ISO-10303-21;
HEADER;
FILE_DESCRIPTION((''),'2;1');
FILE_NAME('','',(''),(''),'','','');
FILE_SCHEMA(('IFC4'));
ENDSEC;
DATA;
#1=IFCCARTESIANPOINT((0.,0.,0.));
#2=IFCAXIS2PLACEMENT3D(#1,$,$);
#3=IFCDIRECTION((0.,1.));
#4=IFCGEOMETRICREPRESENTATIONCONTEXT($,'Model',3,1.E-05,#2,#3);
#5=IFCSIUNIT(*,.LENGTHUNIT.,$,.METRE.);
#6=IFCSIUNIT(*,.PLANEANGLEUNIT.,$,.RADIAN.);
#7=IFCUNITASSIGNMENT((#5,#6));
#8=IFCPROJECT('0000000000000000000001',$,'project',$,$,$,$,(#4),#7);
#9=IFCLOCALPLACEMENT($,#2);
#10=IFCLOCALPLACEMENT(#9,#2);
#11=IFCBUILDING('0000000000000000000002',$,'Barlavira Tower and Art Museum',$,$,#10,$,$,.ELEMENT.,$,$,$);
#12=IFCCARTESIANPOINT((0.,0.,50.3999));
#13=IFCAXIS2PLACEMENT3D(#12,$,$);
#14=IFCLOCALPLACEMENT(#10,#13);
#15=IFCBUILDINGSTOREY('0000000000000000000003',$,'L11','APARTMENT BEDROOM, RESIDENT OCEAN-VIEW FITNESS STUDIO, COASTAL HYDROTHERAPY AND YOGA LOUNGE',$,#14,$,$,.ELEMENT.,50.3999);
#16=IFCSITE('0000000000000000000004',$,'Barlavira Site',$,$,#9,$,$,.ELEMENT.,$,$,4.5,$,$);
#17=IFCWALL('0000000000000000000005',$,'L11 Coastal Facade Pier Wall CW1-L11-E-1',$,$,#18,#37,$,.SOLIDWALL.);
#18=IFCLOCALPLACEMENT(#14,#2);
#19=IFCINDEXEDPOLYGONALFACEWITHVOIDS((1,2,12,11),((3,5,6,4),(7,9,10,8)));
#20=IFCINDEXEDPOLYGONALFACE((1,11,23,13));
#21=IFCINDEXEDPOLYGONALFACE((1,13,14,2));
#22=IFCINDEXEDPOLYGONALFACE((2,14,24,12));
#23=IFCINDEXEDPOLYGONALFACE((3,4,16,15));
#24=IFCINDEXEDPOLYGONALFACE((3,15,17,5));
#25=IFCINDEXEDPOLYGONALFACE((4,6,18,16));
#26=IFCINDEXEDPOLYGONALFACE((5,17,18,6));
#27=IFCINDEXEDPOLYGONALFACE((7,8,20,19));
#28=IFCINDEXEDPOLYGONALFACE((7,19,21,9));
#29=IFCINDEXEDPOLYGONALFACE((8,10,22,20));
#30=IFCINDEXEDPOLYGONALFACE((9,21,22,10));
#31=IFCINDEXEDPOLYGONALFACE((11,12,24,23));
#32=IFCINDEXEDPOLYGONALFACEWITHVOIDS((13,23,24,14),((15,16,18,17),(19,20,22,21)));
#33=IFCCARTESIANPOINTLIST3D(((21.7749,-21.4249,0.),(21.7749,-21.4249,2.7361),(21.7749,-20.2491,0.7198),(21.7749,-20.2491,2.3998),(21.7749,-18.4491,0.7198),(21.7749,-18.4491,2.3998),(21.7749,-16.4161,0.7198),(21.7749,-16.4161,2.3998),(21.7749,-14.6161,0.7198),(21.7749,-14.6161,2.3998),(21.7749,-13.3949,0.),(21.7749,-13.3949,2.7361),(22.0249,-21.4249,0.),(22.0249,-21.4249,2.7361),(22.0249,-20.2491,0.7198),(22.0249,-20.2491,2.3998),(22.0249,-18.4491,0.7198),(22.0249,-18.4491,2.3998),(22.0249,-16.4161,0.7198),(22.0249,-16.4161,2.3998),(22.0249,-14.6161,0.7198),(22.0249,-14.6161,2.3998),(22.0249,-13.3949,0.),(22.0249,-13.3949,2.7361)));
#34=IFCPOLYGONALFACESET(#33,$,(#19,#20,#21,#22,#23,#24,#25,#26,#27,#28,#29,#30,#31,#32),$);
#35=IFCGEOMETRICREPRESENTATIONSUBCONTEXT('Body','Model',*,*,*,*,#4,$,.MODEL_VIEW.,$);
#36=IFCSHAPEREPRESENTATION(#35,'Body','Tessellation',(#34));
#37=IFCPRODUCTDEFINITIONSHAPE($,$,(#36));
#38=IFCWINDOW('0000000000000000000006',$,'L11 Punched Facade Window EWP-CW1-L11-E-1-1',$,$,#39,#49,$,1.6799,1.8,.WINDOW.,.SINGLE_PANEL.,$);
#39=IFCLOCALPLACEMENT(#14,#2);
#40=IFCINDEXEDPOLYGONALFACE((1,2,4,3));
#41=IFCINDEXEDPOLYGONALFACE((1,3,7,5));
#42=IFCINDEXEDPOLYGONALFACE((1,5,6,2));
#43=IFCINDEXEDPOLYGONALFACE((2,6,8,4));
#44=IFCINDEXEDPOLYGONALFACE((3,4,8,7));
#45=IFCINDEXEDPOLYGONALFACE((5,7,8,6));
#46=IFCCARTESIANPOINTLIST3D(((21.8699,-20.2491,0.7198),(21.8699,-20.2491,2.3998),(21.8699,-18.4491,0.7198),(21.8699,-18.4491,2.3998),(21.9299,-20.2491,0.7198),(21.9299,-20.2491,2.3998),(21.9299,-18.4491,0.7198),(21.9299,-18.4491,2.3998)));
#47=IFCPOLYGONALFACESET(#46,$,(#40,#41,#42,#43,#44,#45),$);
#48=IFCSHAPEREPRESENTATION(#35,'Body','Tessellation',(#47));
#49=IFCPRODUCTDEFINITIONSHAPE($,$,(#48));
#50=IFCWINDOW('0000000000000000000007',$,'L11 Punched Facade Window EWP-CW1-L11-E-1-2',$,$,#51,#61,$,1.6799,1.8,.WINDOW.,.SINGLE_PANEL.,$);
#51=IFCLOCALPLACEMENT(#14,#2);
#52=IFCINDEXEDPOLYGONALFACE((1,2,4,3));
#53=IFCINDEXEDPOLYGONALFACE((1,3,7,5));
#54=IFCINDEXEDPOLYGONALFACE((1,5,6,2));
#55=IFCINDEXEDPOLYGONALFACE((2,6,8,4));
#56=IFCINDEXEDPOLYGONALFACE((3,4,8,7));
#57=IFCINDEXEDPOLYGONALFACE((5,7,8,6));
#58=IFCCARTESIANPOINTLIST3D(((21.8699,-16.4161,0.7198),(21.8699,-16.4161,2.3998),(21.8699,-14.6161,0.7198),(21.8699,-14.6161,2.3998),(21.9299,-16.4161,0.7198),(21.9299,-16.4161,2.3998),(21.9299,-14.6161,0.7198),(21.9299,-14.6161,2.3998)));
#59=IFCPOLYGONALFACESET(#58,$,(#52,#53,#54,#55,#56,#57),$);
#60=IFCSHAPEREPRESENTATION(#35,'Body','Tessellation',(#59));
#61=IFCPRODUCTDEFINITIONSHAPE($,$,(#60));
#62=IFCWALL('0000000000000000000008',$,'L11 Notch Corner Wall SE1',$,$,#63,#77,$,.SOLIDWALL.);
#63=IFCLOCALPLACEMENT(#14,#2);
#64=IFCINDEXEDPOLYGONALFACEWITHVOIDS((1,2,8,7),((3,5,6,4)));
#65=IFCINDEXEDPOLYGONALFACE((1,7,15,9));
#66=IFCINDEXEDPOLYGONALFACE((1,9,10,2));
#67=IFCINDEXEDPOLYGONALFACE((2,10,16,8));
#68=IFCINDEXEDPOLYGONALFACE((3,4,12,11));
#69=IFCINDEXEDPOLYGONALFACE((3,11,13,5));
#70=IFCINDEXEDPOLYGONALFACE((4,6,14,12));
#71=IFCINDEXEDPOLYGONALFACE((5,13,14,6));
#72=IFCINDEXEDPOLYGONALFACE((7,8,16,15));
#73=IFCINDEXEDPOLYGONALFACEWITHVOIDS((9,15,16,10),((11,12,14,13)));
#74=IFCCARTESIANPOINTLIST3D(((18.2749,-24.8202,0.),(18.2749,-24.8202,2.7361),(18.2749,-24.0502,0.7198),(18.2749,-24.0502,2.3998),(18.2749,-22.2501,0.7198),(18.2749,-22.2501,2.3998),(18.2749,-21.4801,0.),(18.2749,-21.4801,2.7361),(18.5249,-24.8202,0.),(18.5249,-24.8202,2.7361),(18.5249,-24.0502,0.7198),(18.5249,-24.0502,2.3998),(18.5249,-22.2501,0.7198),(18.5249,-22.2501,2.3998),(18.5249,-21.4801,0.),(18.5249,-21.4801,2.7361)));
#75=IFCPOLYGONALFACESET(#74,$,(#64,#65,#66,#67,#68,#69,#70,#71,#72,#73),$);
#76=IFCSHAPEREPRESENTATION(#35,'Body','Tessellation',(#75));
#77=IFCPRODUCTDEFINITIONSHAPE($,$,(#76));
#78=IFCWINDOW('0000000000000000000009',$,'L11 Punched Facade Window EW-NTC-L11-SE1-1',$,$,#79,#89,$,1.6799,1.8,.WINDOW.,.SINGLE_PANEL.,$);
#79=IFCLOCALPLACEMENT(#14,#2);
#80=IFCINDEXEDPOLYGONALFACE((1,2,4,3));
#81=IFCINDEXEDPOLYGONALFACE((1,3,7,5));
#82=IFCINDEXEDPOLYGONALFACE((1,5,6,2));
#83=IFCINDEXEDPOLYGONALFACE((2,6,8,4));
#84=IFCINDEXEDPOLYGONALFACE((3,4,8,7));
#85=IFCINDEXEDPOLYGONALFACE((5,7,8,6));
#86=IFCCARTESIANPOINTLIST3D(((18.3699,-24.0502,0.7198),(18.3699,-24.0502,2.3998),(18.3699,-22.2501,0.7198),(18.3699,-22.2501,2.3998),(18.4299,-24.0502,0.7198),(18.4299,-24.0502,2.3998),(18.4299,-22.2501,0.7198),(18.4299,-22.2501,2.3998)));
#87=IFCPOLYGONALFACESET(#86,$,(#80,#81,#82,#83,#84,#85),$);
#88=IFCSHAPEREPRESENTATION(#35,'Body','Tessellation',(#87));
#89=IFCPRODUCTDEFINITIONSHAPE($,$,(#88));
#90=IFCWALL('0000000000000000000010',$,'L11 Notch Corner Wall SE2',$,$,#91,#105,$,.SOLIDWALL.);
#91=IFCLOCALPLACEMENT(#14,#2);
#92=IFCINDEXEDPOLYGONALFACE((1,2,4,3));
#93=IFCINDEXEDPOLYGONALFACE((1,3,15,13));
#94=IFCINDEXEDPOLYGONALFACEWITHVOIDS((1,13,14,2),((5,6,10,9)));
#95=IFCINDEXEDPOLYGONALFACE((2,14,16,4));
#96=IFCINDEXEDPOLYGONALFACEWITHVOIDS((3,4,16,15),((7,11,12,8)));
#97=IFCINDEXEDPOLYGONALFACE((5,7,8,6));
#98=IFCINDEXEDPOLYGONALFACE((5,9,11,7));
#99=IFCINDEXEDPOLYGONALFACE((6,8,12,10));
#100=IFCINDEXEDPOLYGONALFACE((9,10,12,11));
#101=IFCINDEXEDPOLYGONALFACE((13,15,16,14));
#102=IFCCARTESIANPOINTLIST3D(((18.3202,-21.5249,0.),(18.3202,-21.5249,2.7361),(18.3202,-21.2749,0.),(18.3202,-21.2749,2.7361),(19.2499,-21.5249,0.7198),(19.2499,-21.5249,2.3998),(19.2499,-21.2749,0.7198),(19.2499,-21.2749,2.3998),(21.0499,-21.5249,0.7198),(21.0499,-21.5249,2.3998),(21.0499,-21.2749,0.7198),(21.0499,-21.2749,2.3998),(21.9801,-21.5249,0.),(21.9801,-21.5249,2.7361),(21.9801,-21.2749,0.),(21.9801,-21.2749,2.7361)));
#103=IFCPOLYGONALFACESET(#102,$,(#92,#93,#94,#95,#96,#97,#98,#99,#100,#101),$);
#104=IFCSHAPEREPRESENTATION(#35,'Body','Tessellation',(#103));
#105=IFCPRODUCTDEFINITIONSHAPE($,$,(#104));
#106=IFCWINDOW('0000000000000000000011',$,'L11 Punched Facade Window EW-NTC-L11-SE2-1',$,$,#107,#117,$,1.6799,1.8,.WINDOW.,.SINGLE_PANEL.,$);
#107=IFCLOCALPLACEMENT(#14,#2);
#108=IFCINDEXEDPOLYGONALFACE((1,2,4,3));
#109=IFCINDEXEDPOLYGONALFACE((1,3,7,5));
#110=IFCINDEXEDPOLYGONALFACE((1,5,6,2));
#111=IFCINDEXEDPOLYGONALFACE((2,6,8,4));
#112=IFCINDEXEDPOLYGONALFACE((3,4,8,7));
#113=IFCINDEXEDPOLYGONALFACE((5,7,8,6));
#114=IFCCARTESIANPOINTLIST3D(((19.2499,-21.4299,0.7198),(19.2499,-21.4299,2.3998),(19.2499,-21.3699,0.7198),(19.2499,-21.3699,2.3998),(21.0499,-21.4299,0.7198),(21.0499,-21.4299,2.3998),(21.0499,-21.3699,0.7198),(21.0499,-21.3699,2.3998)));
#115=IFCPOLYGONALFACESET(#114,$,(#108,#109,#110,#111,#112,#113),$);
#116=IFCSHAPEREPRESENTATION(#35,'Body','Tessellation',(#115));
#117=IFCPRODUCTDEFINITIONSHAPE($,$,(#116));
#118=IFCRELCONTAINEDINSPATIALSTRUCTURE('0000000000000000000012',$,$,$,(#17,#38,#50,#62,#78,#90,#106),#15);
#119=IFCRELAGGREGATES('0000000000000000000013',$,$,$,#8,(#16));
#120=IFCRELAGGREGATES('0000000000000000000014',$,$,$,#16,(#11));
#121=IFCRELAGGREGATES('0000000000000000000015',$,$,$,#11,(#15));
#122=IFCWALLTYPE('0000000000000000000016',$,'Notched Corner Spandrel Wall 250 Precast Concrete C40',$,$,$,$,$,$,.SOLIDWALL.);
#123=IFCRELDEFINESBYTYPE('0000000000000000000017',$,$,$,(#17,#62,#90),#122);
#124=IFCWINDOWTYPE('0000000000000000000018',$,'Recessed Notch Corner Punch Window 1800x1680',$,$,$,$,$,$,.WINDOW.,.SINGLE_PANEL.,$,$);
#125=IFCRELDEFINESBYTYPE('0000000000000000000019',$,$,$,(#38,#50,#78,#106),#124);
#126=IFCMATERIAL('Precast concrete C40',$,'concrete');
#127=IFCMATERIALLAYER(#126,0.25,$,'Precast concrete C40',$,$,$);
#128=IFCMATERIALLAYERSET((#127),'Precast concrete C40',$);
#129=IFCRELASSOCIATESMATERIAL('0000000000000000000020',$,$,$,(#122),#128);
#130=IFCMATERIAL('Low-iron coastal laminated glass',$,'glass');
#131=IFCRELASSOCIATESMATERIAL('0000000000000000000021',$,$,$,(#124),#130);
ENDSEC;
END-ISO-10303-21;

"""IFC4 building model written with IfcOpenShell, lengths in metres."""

from ifc_helpers import new_model, si_unit, direction, frame, frame_2d, origin, place, context, subcontext, project, spatial, rectangle, extrude, material, layer, layer_set, type_object, element, fill, save


model = new_model("IFC4")

# Units and contexts
model_context = context("Model", 3, precision=1e-05, world=origin(), true_north=direction((0.0, 1.0)))
body_context = subcontext(model_context, "Body", "Model", "MODEL_VIEW")
ifc_project = project(units=[si_unit("LENGTHUNIT", "METRE"), si_unit("PLANEANGLEUNIT", "RADIAN")], contexts=[model_context])

# Site, building, storey
site_placement = place(None, origin())
site = spatial("IfcSite", under=ifc_project, at=site_placement, Name="Barlavira Site", CompositionType="ELEMENT", RefElevation=4.5)
building_placement = place(site_placement, origin())
building = spatial("IfcBuilding", under=site, at=building_placement, Name="Barlavira Tower and Art Museum", CompositionType="ELEMENT")
storey_placement = place(building_placement, frame((0.0, 0.0, 50.3999)))
storey = spatial("IfcBuildingStorey", under=building, at=storey_placement, Name="L11", Description="APARTMENT BEDROOM, RESIDENT OCEAN-VIEW FITNESS STUDIO, COASTAL HYDROTHERAPY AND YOGA LOUNGE", CompositionType="ELEMENT", Elevation=50.3999)

# Wall, openings, windows
ifc_material_1 = material(Name="Precast concrete C40", Category="concrete")
ifc_layer_1 = layer(ifc_material_1, 0.25, Name="Precast concrete C40")
ifc_layer_set_1 = layer_set([ifc_layer_1], Name="Precast concrete C40")
wall_type_1 = type_object("IfcWallType", Name="Notched Corner Spandrel Wall 250 Precast Concrete C40", PredefinedType="SOLIDWALL", material=ifc_layer_set_1)
ifc_material_2 = material(Name="Low-iron coastal laminated glass", Category="glass")
window_type_1 = type_object("IfcWindowType", Name="Recessed Notch Corner Punch Window 1800x1680", PartitioningType="SINGLE_PANEL", PredefinedType="WINDOW", material=ifc_material_2)
wall_1_placement = place(storey_placement, frame((21.8999, -21.425, 0.0), z_axis=(0.0, 0.0, 1.0), x_axis=(0.0, 1.0, 0.0)))
wall_1 = element("IfcWall", 1, at=wall_1_placement, inside=storey, type_object=wall_type_1, Name="L11 Coastal Facade Pier Wall CW1-L11-E-1", PredefinedType="SOLIDWALL", context=body_context, shape_type="SweptSolid", body=[
    extrude(rectangle(XDim=8.03, YDim=0.25, at=frame_2d((4.0151, 0.0))), origin(), (0.0, 0.0, 1.0), 2.7361),
])
opening_1_placement = place(wall_1_placement, frame((1.176, 0.0, 0.72)))
opening_1 = element("IfcOpeningElement", 2, at=opening_1_placement, cuts=wall_1, PredefinedType="OPENING", context=body_context, shape_type="SweptSolid", body=[
    extrude(rectangle(XDim=1.8, YDim=1.6799, at=frame_2d((0.8999, 0.8398))), frame((0.0, 0.135, 0.0), z_axis=(0.0, -1.0, 0.0), x_axis=(1.0, 0.0, 0.0)), (0.0, 0.0, 1.0), 0.27),
])
opening_2_placement = place(wall_1_placement, frame((5.009, 0.0, 0.72)))
opening_2 = element("IfcOpeningElement", 3, at=opening_2_placement, cuts=wall_1, PredefinedType="OPENING", context=body_context, shape_type="SweptSolid", body=[
    extrude(rectangle(XDim=1.8, YDim=1.6799, at=frame_2d((0.8999, 0.8398))), frame((0.0, 0.135, 0.0), z_axis=(0.0, -1.0, 0.0), x_axis=(1.0, 0.0, 0.0)), (0.0, 0.0, 1.0), 0.27),
])
window_1_placement = place(opening_1_placement, origin())
window_1 = element("IfcWindow", 4, at=window_1_placement, inside=storey, type_object=window_type_1, Name="L11 Punched Facade Window EWP-CW1-L11-E-1-1", OverallHeight=1.6799, OverallWidth=1.8, PartitioningType="SINGLE_PANEL", PredefinedType="WINDOW", context=body_context, shape_type="SweptSolid", body=[
    extrude(rectangle(XDim=1.8, YDim=1.6799, at=frame_2d((0.8999, 0.8398))), frame((0.0, 0.03, 0.0), z_axis=(0.0, -1.0, 0.0), x_axis=(1.0, 0.0, 0.0)), (0.0, 0.0, 1.0), 0.0601),
])
fill(opening_1, window_1)
window_2_placement = place(opening_2_placement, origin())
window_2 = element("IfcWindow", 5, at=window_2_placement, inside=storey, type_object=window_type_1, Name="L11 Punched Facade Window EWP-CW1-L11-E-1-2", OverallHeight=1.6799, OverallWidth=1.8, PartitioningType="SINGLE_PANEL", PredefinedType="WINDOW", context=body_context, shape_type="SweptSolid", body=[
    extrude(rectangle(XDim=1.8, YDim=1.6799, at=frame_2d((0.8999, 0.8398))), frame((0.0, 0.03, 0.0), z_axis=(0.0, -1.0, 0.0), x_axis=(1.0, 0.0, 0.0)), (0.0, 0.0, 1.0), 0.0601),
])
fill(opening_2, window_2)

# Walls, openings, windows
wall_2_placement = place(storey_placement, frame((18.3999, -24.8201, 0.0), z_axis=(0.0, 0.0, 1.0), x_axis=(0.0, 1.0, 0.0)))
wall_2 = element("IfcWall", 6, at=wall_2_placement, inside=storey, type_object=wall_type_1, Name="L11 Notch Corner Wall SE1", PredefinedType="SOLIDWALL", context=body_context, shape_type="SweptSolid", body=[
    extrude(rectangle(XDim=3.3401, YDim=0.25, at=frame_2d((1.6699, 0.0))), origin(), (0.0, 0.0, 1.0), 2.7361),
])
opening_3_placement = place(wall_2_placement, frame((0.77, 0.0, 0.72)))
opening_3 = element("IfcOpeningElement", 7, at=opening_3_placement, cuts=wall_2, PredefinedType="OPENING", context=body_context, shape_type="SweptSolid", body=[
    extrude(rectangle(XDim=1.8, YDim=1.6799, at=frame_2d((0.8999, 0.8398))), frame((0.0, 0.135, 0.0), z_axis=(0.0, -1.0, 0.0), x_axis=(1.0, 0.0, 0.0)), (0.0, 0.0, 1.0), 0.27),
])
window_3_placement = place(opening_3_placement, origin())
window_3 = element("IfcWindow", 8, at=window_3_placement, inside=storey, type_object=window_type_1, Name="L11 Punched Facade Window EW-NTC-L11-SE1-1", OverallHeight=1.6799, OverallWidth=1.8, PartitioningType="SINGLE_PANEL", PredefinedType="WINDOW", context=body_context, shape_type="SweptSolid", body=[
    extrude(rectangle(XDim=1.8, YDim=1.6799, at=frame_2d((0.8999, 0.8398))), frame((0.0, 0.03, 0.0), z_axis=(0.0, -1.0, 0.0), x_axis=(1.0, 0.0, 0.0)), (0.0, 0.0, 1.0), 0.0601),
])
fill(opening_3, window_3)
wall_3_placement = place(storey_placement, frame((18.3201, -21.3999, 0.0), z_axis=(0.0, 0.0, 1.0), x_axis=(1.0, 0.0, 0.0)))
wall_3 = element("IfcWall", 9, at=wall_3_placement, inside=storey, type_object=wall_type_1, Name="L11 Notch Corner Wall SE2", PredefinedType="SOLIDWALL", context=body_context, shape_type="SweptSolid", body=[
    extrude(rectangle(XDim=3.6599, YDim=0.25, at=frame_2d((1.8301, 0.0))), origin(), (0.0, 0.0, 1.0), 2.7361),
])
opening_4_placement = place(wall_3_placement, frame((0.9299, 0.0, 0.72)))
opening_4 = element("IfcOpeningElement", 10, at=opening_4_placement, cuts=wall_3, PredefinedType="OPENING", context=body_context, shape_type="SweptSolid", body=[
    extrude(rectangle(XDim=1.8, YDim=1.6799, at=frame_2d((0.8999, 0.8398))), frame((0.0, 0.135, 0.0), z_axis=(0.0, -1.0, 0.0), x_axis=(1.0, 0.0, 0.0)), (0.0, 0.0, 1.0), 0.27),
])
window_4_placement = place(opening_4_placement, origin())
window_4 = element("IfcWindow", 11, at=window_4_placement, inside=storey, type_object=window_type_1, Name="L11 Punched Facade Window EW-NTC-L11-SE2-1", OverallHeight=1.6799, OverallWidth=1.8, PartitioningType="SINGLE_PANEL", PredefinedType="WINDOW", context=body_context, shape_type="SweptSolid", body=[
    extrude(rectangle(XDim=1.8, YDim=1.6799, at=frame_2d((0.8999, 0.8398))), frame((0.0, 0.03, 0.0), z_axis=(0.0, -1.0, 0.0), x_axis=(1.0, 0.0, 0.0)), (0.0, 0.0, 1.0), 0.0601),
])
fill(opening_4, window_4)

save(model, "model.ifc")
